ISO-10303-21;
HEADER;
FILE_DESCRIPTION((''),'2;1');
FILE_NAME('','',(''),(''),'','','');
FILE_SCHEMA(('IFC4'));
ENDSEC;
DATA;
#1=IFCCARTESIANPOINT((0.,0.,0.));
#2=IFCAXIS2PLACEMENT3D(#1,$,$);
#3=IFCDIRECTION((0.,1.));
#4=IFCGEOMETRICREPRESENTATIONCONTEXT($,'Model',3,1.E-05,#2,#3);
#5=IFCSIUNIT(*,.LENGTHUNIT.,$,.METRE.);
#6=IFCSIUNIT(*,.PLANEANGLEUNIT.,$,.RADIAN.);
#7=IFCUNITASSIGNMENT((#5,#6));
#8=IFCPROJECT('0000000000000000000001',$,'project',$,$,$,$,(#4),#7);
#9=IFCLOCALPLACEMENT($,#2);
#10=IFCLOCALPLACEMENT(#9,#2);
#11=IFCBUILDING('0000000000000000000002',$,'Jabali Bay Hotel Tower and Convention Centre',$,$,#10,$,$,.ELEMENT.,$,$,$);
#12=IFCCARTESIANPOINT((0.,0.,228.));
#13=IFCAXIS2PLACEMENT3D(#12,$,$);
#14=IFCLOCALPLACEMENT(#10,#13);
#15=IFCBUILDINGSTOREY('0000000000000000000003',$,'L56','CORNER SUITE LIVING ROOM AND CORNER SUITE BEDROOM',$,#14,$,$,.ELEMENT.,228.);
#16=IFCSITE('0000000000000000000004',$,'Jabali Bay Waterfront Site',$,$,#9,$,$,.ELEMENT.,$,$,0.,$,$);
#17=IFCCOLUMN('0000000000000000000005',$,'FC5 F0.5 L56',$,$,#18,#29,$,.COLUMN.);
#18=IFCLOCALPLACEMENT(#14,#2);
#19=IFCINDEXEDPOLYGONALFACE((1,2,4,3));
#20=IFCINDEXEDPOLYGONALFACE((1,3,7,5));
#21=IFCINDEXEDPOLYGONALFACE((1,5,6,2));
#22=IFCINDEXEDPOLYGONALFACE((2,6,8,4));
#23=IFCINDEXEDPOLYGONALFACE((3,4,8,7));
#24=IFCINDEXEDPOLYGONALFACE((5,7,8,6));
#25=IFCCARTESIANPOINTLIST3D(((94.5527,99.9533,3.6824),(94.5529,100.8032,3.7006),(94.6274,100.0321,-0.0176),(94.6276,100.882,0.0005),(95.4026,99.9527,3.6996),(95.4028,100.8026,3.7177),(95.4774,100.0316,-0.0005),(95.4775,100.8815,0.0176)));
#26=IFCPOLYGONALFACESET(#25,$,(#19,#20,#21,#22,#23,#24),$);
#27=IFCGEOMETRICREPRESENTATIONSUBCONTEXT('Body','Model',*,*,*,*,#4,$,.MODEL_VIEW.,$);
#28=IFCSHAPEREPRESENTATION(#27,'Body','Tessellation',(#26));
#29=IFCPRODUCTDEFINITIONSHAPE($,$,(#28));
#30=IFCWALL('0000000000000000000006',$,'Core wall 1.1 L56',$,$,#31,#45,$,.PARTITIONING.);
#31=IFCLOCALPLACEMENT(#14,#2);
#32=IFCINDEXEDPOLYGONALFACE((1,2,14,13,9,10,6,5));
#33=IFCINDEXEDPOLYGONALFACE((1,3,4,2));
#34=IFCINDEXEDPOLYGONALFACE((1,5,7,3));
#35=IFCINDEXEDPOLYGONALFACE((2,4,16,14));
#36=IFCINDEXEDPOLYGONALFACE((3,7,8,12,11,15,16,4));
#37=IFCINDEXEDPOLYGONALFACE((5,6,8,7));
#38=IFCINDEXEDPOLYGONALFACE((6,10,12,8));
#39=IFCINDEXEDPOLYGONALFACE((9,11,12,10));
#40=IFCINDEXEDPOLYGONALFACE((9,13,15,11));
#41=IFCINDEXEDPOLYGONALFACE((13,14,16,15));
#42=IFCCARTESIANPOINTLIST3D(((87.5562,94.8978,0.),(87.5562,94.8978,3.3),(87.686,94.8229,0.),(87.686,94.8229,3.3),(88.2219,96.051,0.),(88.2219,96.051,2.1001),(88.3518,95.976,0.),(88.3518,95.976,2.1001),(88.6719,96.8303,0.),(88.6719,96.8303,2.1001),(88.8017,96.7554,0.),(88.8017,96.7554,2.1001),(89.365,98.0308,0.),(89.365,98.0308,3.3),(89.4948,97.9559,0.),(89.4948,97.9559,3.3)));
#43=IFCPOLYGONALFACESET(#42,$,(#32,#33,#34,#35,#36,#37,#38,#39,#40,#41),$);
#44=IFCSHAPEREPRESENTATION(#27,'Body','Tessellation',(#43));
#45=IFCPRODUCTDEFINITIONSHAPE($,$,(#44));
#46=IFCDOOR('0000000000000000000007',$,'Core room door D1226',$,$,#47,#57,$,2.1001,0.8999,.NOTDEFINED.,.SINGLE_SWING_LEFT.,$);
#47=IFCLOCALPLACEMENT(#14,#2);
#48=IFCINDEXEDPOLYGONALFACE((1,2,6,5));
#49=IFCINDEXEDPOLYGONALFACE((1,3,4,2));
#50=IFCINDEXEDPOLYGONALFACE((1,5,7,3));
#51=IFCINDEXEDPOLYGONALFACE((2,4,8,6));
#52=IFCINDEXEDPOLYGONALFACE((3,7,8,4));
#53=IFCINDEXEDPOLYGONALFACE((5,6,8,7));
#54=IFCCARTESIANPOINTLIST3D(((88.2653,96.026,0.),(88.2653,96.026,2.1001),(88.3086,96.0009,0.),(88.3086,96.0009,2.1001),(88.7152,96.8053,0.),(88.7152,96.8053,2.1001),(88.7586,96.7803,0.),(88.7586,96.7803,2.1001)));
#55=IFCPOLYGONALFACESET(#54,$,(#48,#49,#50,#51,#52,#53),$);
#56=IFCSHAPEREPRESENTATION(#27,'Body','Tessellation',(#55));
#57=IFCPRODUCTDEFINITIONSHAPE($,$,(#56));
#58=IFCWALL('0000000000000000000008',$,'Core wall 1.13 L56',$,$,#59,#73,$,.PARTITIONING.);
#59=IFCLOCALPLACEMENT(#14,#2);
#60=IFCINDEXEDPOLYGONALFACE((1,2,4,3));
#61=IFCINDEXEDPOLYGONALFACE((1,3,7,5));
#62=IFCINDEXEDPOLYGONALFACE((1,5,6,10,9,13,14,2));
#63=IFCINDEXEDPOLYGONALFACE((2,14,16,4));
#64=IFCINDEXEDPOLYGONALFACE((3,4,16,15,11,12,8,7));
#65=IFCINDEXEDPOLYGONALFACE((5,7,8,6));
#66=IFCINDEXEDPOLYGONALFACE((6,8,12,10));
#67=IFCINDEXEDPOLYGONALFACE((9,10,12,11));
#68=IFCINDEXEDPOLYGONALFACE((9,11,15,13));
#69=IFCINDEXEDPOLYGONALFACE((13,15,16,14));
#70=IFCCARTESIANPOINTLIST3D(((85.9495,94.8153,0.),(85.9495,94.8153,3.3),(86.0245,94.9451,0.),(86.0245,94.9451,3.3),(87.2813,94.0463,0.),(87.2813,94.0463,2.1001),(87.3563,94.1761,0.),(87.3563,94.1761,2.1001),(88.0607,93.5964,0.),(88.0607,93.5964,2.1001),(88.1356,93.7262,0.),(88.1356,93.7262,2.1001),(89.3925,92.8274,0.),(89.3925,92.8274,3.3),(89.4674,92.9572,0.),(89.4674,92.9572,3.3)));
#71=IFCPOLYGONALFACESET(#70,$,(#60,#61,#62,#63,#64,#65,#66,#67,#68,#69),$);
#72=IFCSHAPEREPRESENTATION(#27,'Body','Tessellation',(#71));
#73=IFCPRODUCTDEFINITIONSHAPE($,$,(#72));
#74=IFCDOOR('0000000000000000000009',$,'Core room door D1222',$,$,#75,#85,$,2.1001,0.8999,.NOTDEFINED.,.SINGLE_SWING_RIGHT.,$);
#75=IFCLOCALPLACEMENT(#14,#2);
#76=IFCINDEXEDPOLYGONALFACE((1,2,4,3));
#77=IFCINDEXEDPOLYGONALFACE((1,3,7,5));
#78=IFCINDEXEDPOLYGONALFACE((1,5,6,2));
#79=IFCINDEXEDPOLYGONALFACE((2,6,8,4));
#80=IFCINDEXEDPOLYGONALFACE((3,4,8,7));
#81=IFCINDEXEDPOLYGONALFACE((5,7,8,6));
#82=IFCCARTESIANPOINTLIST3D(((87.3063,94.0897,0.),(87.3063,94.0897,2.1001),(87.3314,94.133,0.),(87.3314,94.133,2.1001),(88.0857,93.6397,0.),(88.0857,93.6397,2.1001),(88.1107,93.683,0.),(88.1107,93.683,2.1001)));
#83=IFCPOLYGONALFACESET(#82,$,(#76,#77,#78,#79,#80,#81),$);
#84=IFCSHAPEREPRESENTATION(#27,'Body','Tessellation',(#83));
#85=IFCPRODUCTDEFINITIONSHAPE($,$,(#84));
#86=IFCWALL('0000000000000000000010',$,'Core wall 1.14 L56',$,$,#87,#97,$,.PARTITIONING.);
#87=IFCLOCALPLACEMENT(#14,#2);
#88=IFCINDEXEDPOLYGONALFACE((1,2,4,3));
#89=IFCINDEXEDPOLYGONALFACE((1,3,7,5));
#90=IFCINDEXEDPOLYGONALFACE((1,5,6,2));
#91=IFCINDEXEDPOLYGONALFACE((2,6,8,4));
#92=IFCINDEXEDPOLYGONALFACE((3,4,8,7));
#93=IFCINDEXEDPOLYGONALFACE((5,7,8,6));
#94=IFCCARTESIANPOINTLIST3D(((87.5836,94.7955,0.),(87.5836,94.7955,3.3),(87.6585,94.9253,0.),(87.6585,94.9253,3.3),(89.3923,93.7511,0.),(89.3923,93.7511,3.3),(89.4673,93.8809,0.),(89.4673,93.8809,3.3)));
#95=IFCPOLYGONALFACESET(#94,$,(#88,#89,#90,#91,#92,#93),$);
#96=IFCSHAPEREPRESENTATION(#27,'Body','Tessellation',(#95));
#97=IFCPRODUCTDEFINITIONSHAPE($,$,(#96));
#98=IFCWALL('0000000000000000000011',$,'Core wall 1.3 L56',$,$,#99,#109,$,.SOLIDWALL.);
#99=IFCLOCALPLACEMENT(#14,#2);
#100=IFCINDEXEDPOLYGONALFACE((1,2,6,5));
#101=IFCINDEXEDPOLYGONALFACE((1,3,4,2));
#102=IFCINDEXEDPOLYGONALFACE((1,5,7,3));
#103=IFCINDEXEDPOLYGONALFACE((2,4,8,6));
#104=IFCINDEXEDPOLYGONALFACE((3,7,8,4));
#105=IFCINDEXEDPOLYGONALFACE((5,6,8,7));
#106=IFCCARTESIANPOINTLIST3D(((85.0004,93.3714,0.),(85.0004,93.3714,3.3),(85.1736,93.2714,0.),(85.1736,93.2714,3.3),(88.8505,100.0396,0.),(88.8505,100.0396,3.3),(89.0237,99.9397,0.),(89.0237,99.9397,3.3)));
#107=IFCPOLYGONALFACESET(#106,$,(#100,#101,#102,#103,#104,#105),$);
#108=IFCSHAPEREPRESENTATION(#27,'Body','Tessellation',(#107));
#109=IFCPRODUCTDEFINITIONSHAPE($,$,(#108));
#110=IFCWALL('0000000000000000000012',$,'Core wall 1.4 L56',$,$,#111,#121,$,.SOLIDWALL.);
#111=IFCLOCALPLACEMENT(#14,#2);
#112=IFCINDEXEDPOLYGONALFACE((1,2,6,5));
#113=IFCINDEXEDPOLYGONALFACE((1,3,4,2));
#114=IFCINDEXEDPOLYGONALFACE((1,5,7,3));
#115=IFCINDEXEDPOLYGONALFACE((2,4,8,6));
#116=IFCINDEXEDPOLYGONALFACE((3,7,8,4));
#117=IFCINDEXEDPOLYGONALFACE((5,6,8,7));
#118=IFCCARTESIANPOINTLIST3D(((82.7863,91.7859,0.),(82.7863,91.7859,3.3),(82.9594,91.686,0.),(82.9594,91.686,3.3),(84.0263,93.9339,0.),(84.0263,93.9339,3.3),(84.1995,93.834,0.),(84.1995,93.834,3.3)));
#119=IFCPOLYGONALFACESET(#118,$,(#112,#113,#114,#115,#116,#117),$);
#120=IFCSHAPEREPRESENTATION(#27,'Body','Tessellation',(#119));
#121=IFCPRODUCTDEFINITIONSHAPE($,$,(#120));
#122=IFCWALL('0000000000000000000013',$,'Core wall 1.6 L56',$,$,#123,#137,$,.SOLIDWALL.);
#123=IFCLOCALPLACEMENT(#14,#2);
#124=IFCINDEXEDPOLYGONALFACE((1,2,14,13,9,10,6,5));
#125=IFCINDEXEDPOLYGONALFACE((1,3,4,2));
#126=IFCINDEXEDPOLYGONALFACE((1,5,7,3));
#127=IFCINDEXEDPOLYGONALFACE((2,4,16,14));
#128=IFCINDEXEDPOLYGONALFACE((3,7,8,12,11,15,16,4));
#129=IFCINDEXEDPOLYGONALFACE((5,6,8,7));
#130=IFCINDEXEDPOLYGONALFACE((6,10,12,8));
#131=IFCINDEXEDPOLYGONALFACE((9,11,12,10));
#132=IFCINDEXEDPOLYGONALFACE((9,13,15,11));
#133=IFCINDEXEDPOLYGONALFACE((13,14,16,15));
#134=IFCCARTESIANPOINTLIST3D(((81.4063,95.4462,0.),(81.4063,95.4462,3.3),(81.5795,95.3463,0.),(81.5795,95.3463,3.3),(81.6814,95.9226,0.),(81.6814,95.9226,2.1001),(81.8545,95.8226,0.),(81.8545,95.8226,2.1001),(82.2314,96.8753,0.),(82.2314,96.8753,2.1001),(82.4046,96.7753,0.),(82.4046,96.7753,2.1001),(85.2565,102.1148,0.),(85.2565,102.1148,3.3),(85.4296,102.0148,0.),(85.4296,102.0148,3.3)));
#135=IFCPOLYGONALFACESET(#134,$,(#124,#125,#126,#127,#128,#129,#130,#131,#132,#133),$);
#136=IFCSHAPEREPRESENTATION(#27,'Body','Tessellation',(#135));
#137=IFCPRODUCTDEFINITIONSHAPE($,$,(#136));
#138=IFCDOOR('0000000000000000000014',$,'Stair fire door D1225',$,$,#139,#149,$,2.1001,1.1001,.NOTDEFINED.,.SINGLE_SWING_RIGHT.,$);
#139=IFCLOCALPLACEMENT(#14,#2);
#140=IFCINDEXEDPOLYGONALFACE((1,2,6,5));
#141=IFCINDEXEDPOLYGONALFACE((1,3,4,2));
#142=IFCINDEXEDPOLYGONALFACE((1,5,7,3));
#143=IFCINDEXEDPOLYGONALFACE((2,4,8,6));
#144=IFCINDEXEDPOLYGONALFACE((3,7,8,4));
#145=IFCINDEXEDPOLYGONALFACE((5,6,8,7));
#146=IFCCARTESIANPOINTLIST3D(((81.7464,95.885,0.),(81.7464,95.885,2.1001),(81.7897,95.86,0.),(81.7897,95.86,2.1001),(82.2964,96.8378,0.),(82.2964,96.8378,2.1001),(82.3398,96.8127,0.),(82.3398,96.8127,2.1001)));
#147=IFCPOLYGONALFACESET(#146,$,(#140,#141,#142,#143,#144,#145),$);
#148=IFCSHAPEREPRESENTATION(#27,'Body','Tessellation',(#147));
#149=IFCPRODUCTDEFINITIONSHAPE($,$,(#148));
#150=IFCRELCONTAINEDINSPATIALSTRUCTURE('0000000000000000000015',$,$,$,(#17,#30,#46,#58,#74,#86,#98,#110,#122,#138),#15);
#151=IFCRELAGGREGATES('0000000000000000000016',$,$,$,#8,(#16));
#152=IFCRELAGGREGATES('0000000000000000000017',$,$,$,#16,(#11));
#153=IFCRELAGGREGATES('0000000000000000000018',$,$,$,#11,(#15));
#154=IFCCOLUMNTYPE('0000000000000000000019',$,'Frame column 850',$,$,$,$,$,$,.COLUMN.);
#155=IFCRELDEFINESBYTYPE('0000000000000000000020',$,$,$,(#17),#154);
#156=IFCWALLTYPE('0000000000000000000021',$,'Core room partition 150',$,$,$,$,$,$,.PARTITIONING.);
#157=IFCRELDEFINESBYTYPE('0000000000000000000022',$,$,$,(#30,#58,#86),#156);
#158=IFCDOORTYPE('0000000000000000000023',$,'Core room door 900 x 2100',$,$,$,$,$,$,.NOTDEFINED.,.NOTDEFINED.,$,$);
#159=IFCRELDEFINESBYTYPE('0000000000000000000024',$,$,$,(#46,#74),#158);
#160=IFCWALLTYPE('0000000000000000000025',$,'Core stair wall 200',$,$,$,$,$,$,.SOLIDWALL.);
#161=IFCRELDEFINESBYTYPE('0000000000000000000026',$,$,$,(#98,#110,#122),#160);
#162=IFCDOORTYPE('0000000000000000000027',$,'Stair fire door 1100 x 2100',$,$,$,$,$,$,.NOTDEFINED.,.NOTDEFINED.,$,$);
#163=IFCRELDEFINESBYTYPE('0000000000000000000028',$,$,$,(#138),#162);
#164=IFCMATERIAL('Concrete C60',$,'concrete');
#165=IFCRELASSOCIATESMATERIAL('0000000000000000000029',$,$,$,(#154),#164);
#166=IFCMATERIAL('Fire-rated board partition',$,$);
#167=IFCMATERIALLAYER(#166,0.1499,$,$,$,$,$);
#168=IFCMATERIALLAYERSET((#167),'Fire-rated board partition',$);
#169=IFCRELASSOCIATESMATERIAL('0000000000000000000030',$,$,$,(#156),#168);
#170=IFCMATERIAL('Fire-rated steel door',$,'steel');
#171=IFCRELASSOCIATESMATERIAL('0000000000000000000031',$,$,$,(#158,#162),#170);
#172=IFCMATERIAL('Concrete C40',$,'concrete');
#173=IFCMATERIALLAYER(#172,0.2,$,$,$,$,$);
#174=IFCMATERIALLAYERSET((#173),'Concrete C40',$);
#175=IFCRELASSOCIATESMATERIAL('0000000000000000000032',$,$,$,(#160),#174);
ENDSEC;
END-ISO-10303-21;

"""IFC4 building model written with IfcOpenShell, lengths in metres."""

from ifc_helpers import new_model, si_unit, direction, frame, frame_2d, origin, origin_2d, place, context, subcontext, project, spatial, rectangle, extrude, material, layer, layer_set, material_profile, profile_set, type_object, element, fill, save


model = new_model("IFC4")

# Units and contexts
model_context = context("Model", 3, precision=1e-05, world=origin(), true_north=direction((0.0, 1.0)))
body_context = subcontext(model_context, "Body", "Model", "MODEL_VIEW")
ifc_project = project(units=[si_unit("LENGTHUNIT", "METRE"), si_unit("PLANEANGLEUNIT", "RADIAN")], contexts=[model_context])

# Site, building, storey
site_placement = place(None, origin())
site = spatial("IfcSite", under=ifc_project, at=site_placement, Name="Jabali Bay Waterfront Site", CompositionType="ELEMENT", RefElevation=0.0)
building_placement = place(site_placement, origin())
building = spatial("IfcBuilding", under=site, at=building_placement, Name="Jabali Bay Hotel Tower and Convention Centre", CompositionType="ELEMENT")
storey_placement = place(building_placement, frame((0.0, 0.0, 228.0)))
storey = spatial("IfcBuildingStorey", under=building, at=storey_placement, Name="L56", Description="CORNER SUITE LIVING ROOM AND CORNER SUITE BEDROOM", CompositionType="ELEMENT", Elevation=228.0)

# Column
ifc_material_1 = material(Name="Concrete C60", Category="concrete")
ifc_material_profile = material_profile(ifc_material_1, rectangle(XDim=0.8501, YDim=0.8501, at=origin_2d()), Name="Frame column 850")
ifc_profile_set = profile_set([ifc_material_profile], Name="Concrete C60")
column_type = type_object("IfcColumnType", Name="Frame column 850", PredefinedType="COLUMN", material=ifc_profile_set)
column_placement = place(storey_placement, frame((95.0525, 100.4568, 0.0), z_axis=(-0.020183, -0.021304, 0.999569), x_axis=(0.999796, -0.000658, 0.020173)))
element("IfcColumn", 1, at=column_placement, inside=storey, type_object=column_type, Name="FC5 F0.5 L56", PredefinedType="COLUMN", context=body_context, shape_type="SweptSolid", body=[
    extrude(rectangle(XDim=0.8501, YDim=0.8501, at=origin_2d()), origin(), (0.0, 0.0, 1.0), 3.7017),
])

# Walls, openings, doors
ifc_material_2 = material(Name="Fire-rated board partition")
ifc_layer_1 = layer(ifc_material_2, 0.1499)
ifc_layer_set_1 = layer_set([ifc_layer_1], Name="Fire-rated board partition")
wall_type_1 = type_object("IfcWallType", Name="Core room partition 150", PredefinedType="PARTITIONING", material=ifc_layer_set_1)
wall_1_placement = place(storey_placement, frame((87.6211, 94.8604, 0.0), z_axis=(0.0, 0.0, 1.0), x_axis=(0.499993, 0.866029, 0.0)))
wall_1 = element("IfcWall", 2, at=wall_1_placement, inside=storey, type_object=wall_type_1, Name="Core wall 1.1 L56", PredefinedType="PARTITIONING", context=body_context, shape_type="SweptSolid", body=[
    extrude(rectangle(XDim=3.6177, YDim=0.1499, at=frame_2d((1.8088, 0.0))), origin(), (0.0, 0.0, 1.0), 3.3),
])
opening_1_placement = place(wall_1_placement, frame((1.3315, 0.0, 0.0)))
opening_1 = element("IfcOpeningElement", 3, at=opening_1_placement, cuts=wall_1, PredefinedType="OPENING", context=body_context, shape_type="SweptSolid", body=[
    extrude(rectangle(XDim=0.8999, YDim=2.1001, at=frame_2d((0.45, 1.05))), frame((0.0, 0.0854, 0.0), z_axis=(0.0, -1.0, 0.0), x_axis=(1.0, 0.0, 0.0)), (0.0, 0.0, 1.0), 0.1709),
])
ifc_material_3 = material(Name="Fire-rated steel door", Category="steel")
door_type_1 = type_object("IfcDoorType", Name="Core room door 900 x 2100", OperationType="NOTDEFINED", PredefinedType="NOTDEFINED", material=ifc_material_3)
door_1_placement = place(opening_1_placement, origin())
door_1 = element("IfcDoor", 4, at=door_1_placement, inside=storey, type_object=door_type_1, Name="Core room door D1226", OperationType="SINGLE_SWING_LEFT", OverallHeight=2.1001, OverallWidth=0.8999, PredefinedType="NOTDEFINED", context=body_context, shape_type="SweptSolid", body=[
    extrude(rectangle(XDim=0.8999, YDim=2.1001, at=frame_2d((0.45, 1.05))), frame((0.0, 0.0249, 0.0), z_axis=(0.0, -1.0, 0.0), x_axis=(1.0, 0.0, 0.0)), (0.0, 0.0, 1.0), 0.05),
])
fill(opening_1, door_1)
wall_2_placement = place(storey_placement, frame((89.4299, 92.8923, 0.0), z_axis=(0.0, 0.0, 1.0), x_axis=(-0.86602, 0.50001, 0.0)))
wall_2 = element("IfcWall", 5, at=wall_2_placement, inside=storey, type_object=wall_type_1, Name="Core wall 1.13 L56", PredefinedType="PARTITIONING", context=body_context, shape_type="SweptSolid", body=[
    extrude(rectangle(XDim=3.9756, YDim=0.1499, at=frame_2d((1.9878, 0.0))), origin(), (0.0, 0.0, 1.0), 3.3),
])
opening_2_placement = place(wall_2_placement, frame((1.5378, 0.0, 0.0)))
opening_2 = element("IfcOpeningElement", 6, at=opening_2_placement, cuts=wall_2, PredefinedType="OPENING", context=body_context, shape_type="SweptSolid", body=[
    extrude(rectangle(XDim=0.8999, YDim=2.1001, at=frame_2d((0.45, 1.05))), frame((0.0, 0.0854, 0.0), z_axis=(0.0, -1.0, 0.0), x_axis=(1.0, 0.0, 0.0)), (0.0, 0.0, 1.0), 0.1709),
])
door_2_placement = place(opening_2_placement, origin())
door_2 = element("IfcDoor", 7, at=door_2_placement, inside=storey, type_object=door_type_1, Name="Core room door D1222", OperationType="SINGLE_SWING_RIGHT", OverallHeight=2.1001, OverallWidth=0.8999, PredefinedType="NOTDEFINED", context=body_context, shape_type="SweptSolid", body=[
    extrude(rectangle(XDim=0.8999, YDim=2.1001, at=frame_2d((0.45, 1.05))), frame((0.0, 0.0249, 0.0), z_axis=(0.0, -1.0, 0.0), x_axis=(1.0, 0.0, 0.0)), (0.0, 0.0, 1.0), 0.05),
])
fill(opening_2, door_2)

# Walls
wall_3_placement = place(storey_placement, frame((89.4299, 93.8159, 0.0), z_axis=(0.0, 0.0, 1.0), x_axis=(-0.866005, 0.500036, 0.0)))
element("IfcWall", 8, at=wall_3_placement, inside=storey, type_object=wall_type_1, Name="Core wall 1.14 L56", PredefinedType="PARTITIONING", context=body_context, shape_type="SweptSolid", body=[
    extrude(rectangle(XDim=2.0886, YDim=0.1499, at=frame_2d((1.0444, 0.0))), origin(), (0.0, 0.0, 1.0), 3.3),
])
ifc_material_4 = material(Name="Concrete C40", Category="concrete")
ifc_layer_2 = layer(ifc_material_4, 0.2)
ifc_layer_set_2 = layer_set([ifc_layer_2], Name="Concrete C40")
wall_type_2 = type_object("IfcWallType", Name="Core stair wall 200", PredefinedType="SOLIDWALL", material=ifc_layer_set_2)
wall_4_placement = place(storey_placement, frame((85.0869, 93.3213, 0.0), z_axis=(0.0, 0.0, 1.0), x_axis=(0.50002, 0.866014, 0.0)))
element("IfcWall", 9, at=wall_4_placement, inside=storey, type_object=wall_type_2, Name="Core wall 1.3 L56", PredefinedType="SOLIDWALL", context=body_context, shape_type="SweptSolid", body=[
    extrude(rectangle(XDim=7.7, YDim=0.2, at=frame_2d((3.8501, 0.0))), origin(), (0.0, 0.0, 1.0), 3.3),
])
wall_5_placement = place(storey_placement, frame((82.8728, 91.7358, 0.0), z_axis=(0.0, 0.0, 1.0), x_axis=(0.499961, 0.866048, 0.0)))
element("IfcWall", 10, at=wall_5_placement, inside=storey, type_object=wall_type_2, Name="Core wall 1.4 L56", PredefinedType="SOLIDWALL", context=body_context, shape_type="SweptSolid", body=[
    extrude(rectangle(XDim=2.4802, YDim=0.2, at=frame_2d((1.2402, 0.0))), origin(), (0.0, 0.0, 1.0), 3.3),
])

# Wall, opening, door
wall_6_placement = place(storey_placement, frame((81.4929, 95.3962, 0.0), z_axis=(0.0, 0.0, 1.0), x_axis=(0.500006, 0.866022, 0.0)))
wall_6 = element("IfcWall", 11, at=wall_6_placement, inside=storey, type_object=wall_type_2, Name="Core wall 1.6 L56", PredefinedType="SOLIDWALL", context=body_context, shape_type="SweptSolid", body=[
    extrude(rectangle(XDim=7.7002, YDim=0.2, at=frame_2d((3.8501, 0.0))), origin(), (0.0, 0.0, 1.0), 3.3),
])
opening_3_placement = place(wall_6_placement, frame((0.55, 0.0, 0.0)))
opening_3 = element("IfcOpeningElement", 12, at=opening_3_placement, cuts=wall_6, PredefinedType="OPENING", context=body_context, shape_type="SweptSolid", body=[
    extrude(rectangle(XDim=1.1001, YDim=2.1001, at=frame_2d((0.55, 1.05))), frame((0.0, 0.1104, 0.0), z_axis=(0.0, -1.0, 0.0), x_axis=(1.0, 0.0, 0.0)), (0.0, 0.0, 1.0), 0.2209),
])
door_type_2 = type_object("IfcDoorType", Name="Stair fire door 1100 x 2100", OperationType="NOTDEFINED", PredefinedType="NOTDEFINED", material=ifc_material_3)
door_3_placement = place(opening_3_placement, origin())
door_3 = element("IfcDoor", 13, at=door_3_placement, inside=storey, type_object=door_type_2, Name="Stair fire door D1225", OperationType="SINGLE_SWING_RIGHT", OverallHeight=2.1001, OverallWidth=1.1001, PredefinedType="NOTDEFINED", context=body_context, shape_type="SweptSolid", body=[
    extrude(rectangle(XDim=1.1001, YDim=2.1001, at=frame_2d((0.55, 1.05))), frame((0.0, 0.0249, 0.0), z_axis=(0.0, -1.0, 0.0), x_axis=(1.0, 0.0, 0.0)), (0.0, 0.0, 1.0), 0.05),
])
fill(opening_3, door_3)

save(model, "model.ifc")
